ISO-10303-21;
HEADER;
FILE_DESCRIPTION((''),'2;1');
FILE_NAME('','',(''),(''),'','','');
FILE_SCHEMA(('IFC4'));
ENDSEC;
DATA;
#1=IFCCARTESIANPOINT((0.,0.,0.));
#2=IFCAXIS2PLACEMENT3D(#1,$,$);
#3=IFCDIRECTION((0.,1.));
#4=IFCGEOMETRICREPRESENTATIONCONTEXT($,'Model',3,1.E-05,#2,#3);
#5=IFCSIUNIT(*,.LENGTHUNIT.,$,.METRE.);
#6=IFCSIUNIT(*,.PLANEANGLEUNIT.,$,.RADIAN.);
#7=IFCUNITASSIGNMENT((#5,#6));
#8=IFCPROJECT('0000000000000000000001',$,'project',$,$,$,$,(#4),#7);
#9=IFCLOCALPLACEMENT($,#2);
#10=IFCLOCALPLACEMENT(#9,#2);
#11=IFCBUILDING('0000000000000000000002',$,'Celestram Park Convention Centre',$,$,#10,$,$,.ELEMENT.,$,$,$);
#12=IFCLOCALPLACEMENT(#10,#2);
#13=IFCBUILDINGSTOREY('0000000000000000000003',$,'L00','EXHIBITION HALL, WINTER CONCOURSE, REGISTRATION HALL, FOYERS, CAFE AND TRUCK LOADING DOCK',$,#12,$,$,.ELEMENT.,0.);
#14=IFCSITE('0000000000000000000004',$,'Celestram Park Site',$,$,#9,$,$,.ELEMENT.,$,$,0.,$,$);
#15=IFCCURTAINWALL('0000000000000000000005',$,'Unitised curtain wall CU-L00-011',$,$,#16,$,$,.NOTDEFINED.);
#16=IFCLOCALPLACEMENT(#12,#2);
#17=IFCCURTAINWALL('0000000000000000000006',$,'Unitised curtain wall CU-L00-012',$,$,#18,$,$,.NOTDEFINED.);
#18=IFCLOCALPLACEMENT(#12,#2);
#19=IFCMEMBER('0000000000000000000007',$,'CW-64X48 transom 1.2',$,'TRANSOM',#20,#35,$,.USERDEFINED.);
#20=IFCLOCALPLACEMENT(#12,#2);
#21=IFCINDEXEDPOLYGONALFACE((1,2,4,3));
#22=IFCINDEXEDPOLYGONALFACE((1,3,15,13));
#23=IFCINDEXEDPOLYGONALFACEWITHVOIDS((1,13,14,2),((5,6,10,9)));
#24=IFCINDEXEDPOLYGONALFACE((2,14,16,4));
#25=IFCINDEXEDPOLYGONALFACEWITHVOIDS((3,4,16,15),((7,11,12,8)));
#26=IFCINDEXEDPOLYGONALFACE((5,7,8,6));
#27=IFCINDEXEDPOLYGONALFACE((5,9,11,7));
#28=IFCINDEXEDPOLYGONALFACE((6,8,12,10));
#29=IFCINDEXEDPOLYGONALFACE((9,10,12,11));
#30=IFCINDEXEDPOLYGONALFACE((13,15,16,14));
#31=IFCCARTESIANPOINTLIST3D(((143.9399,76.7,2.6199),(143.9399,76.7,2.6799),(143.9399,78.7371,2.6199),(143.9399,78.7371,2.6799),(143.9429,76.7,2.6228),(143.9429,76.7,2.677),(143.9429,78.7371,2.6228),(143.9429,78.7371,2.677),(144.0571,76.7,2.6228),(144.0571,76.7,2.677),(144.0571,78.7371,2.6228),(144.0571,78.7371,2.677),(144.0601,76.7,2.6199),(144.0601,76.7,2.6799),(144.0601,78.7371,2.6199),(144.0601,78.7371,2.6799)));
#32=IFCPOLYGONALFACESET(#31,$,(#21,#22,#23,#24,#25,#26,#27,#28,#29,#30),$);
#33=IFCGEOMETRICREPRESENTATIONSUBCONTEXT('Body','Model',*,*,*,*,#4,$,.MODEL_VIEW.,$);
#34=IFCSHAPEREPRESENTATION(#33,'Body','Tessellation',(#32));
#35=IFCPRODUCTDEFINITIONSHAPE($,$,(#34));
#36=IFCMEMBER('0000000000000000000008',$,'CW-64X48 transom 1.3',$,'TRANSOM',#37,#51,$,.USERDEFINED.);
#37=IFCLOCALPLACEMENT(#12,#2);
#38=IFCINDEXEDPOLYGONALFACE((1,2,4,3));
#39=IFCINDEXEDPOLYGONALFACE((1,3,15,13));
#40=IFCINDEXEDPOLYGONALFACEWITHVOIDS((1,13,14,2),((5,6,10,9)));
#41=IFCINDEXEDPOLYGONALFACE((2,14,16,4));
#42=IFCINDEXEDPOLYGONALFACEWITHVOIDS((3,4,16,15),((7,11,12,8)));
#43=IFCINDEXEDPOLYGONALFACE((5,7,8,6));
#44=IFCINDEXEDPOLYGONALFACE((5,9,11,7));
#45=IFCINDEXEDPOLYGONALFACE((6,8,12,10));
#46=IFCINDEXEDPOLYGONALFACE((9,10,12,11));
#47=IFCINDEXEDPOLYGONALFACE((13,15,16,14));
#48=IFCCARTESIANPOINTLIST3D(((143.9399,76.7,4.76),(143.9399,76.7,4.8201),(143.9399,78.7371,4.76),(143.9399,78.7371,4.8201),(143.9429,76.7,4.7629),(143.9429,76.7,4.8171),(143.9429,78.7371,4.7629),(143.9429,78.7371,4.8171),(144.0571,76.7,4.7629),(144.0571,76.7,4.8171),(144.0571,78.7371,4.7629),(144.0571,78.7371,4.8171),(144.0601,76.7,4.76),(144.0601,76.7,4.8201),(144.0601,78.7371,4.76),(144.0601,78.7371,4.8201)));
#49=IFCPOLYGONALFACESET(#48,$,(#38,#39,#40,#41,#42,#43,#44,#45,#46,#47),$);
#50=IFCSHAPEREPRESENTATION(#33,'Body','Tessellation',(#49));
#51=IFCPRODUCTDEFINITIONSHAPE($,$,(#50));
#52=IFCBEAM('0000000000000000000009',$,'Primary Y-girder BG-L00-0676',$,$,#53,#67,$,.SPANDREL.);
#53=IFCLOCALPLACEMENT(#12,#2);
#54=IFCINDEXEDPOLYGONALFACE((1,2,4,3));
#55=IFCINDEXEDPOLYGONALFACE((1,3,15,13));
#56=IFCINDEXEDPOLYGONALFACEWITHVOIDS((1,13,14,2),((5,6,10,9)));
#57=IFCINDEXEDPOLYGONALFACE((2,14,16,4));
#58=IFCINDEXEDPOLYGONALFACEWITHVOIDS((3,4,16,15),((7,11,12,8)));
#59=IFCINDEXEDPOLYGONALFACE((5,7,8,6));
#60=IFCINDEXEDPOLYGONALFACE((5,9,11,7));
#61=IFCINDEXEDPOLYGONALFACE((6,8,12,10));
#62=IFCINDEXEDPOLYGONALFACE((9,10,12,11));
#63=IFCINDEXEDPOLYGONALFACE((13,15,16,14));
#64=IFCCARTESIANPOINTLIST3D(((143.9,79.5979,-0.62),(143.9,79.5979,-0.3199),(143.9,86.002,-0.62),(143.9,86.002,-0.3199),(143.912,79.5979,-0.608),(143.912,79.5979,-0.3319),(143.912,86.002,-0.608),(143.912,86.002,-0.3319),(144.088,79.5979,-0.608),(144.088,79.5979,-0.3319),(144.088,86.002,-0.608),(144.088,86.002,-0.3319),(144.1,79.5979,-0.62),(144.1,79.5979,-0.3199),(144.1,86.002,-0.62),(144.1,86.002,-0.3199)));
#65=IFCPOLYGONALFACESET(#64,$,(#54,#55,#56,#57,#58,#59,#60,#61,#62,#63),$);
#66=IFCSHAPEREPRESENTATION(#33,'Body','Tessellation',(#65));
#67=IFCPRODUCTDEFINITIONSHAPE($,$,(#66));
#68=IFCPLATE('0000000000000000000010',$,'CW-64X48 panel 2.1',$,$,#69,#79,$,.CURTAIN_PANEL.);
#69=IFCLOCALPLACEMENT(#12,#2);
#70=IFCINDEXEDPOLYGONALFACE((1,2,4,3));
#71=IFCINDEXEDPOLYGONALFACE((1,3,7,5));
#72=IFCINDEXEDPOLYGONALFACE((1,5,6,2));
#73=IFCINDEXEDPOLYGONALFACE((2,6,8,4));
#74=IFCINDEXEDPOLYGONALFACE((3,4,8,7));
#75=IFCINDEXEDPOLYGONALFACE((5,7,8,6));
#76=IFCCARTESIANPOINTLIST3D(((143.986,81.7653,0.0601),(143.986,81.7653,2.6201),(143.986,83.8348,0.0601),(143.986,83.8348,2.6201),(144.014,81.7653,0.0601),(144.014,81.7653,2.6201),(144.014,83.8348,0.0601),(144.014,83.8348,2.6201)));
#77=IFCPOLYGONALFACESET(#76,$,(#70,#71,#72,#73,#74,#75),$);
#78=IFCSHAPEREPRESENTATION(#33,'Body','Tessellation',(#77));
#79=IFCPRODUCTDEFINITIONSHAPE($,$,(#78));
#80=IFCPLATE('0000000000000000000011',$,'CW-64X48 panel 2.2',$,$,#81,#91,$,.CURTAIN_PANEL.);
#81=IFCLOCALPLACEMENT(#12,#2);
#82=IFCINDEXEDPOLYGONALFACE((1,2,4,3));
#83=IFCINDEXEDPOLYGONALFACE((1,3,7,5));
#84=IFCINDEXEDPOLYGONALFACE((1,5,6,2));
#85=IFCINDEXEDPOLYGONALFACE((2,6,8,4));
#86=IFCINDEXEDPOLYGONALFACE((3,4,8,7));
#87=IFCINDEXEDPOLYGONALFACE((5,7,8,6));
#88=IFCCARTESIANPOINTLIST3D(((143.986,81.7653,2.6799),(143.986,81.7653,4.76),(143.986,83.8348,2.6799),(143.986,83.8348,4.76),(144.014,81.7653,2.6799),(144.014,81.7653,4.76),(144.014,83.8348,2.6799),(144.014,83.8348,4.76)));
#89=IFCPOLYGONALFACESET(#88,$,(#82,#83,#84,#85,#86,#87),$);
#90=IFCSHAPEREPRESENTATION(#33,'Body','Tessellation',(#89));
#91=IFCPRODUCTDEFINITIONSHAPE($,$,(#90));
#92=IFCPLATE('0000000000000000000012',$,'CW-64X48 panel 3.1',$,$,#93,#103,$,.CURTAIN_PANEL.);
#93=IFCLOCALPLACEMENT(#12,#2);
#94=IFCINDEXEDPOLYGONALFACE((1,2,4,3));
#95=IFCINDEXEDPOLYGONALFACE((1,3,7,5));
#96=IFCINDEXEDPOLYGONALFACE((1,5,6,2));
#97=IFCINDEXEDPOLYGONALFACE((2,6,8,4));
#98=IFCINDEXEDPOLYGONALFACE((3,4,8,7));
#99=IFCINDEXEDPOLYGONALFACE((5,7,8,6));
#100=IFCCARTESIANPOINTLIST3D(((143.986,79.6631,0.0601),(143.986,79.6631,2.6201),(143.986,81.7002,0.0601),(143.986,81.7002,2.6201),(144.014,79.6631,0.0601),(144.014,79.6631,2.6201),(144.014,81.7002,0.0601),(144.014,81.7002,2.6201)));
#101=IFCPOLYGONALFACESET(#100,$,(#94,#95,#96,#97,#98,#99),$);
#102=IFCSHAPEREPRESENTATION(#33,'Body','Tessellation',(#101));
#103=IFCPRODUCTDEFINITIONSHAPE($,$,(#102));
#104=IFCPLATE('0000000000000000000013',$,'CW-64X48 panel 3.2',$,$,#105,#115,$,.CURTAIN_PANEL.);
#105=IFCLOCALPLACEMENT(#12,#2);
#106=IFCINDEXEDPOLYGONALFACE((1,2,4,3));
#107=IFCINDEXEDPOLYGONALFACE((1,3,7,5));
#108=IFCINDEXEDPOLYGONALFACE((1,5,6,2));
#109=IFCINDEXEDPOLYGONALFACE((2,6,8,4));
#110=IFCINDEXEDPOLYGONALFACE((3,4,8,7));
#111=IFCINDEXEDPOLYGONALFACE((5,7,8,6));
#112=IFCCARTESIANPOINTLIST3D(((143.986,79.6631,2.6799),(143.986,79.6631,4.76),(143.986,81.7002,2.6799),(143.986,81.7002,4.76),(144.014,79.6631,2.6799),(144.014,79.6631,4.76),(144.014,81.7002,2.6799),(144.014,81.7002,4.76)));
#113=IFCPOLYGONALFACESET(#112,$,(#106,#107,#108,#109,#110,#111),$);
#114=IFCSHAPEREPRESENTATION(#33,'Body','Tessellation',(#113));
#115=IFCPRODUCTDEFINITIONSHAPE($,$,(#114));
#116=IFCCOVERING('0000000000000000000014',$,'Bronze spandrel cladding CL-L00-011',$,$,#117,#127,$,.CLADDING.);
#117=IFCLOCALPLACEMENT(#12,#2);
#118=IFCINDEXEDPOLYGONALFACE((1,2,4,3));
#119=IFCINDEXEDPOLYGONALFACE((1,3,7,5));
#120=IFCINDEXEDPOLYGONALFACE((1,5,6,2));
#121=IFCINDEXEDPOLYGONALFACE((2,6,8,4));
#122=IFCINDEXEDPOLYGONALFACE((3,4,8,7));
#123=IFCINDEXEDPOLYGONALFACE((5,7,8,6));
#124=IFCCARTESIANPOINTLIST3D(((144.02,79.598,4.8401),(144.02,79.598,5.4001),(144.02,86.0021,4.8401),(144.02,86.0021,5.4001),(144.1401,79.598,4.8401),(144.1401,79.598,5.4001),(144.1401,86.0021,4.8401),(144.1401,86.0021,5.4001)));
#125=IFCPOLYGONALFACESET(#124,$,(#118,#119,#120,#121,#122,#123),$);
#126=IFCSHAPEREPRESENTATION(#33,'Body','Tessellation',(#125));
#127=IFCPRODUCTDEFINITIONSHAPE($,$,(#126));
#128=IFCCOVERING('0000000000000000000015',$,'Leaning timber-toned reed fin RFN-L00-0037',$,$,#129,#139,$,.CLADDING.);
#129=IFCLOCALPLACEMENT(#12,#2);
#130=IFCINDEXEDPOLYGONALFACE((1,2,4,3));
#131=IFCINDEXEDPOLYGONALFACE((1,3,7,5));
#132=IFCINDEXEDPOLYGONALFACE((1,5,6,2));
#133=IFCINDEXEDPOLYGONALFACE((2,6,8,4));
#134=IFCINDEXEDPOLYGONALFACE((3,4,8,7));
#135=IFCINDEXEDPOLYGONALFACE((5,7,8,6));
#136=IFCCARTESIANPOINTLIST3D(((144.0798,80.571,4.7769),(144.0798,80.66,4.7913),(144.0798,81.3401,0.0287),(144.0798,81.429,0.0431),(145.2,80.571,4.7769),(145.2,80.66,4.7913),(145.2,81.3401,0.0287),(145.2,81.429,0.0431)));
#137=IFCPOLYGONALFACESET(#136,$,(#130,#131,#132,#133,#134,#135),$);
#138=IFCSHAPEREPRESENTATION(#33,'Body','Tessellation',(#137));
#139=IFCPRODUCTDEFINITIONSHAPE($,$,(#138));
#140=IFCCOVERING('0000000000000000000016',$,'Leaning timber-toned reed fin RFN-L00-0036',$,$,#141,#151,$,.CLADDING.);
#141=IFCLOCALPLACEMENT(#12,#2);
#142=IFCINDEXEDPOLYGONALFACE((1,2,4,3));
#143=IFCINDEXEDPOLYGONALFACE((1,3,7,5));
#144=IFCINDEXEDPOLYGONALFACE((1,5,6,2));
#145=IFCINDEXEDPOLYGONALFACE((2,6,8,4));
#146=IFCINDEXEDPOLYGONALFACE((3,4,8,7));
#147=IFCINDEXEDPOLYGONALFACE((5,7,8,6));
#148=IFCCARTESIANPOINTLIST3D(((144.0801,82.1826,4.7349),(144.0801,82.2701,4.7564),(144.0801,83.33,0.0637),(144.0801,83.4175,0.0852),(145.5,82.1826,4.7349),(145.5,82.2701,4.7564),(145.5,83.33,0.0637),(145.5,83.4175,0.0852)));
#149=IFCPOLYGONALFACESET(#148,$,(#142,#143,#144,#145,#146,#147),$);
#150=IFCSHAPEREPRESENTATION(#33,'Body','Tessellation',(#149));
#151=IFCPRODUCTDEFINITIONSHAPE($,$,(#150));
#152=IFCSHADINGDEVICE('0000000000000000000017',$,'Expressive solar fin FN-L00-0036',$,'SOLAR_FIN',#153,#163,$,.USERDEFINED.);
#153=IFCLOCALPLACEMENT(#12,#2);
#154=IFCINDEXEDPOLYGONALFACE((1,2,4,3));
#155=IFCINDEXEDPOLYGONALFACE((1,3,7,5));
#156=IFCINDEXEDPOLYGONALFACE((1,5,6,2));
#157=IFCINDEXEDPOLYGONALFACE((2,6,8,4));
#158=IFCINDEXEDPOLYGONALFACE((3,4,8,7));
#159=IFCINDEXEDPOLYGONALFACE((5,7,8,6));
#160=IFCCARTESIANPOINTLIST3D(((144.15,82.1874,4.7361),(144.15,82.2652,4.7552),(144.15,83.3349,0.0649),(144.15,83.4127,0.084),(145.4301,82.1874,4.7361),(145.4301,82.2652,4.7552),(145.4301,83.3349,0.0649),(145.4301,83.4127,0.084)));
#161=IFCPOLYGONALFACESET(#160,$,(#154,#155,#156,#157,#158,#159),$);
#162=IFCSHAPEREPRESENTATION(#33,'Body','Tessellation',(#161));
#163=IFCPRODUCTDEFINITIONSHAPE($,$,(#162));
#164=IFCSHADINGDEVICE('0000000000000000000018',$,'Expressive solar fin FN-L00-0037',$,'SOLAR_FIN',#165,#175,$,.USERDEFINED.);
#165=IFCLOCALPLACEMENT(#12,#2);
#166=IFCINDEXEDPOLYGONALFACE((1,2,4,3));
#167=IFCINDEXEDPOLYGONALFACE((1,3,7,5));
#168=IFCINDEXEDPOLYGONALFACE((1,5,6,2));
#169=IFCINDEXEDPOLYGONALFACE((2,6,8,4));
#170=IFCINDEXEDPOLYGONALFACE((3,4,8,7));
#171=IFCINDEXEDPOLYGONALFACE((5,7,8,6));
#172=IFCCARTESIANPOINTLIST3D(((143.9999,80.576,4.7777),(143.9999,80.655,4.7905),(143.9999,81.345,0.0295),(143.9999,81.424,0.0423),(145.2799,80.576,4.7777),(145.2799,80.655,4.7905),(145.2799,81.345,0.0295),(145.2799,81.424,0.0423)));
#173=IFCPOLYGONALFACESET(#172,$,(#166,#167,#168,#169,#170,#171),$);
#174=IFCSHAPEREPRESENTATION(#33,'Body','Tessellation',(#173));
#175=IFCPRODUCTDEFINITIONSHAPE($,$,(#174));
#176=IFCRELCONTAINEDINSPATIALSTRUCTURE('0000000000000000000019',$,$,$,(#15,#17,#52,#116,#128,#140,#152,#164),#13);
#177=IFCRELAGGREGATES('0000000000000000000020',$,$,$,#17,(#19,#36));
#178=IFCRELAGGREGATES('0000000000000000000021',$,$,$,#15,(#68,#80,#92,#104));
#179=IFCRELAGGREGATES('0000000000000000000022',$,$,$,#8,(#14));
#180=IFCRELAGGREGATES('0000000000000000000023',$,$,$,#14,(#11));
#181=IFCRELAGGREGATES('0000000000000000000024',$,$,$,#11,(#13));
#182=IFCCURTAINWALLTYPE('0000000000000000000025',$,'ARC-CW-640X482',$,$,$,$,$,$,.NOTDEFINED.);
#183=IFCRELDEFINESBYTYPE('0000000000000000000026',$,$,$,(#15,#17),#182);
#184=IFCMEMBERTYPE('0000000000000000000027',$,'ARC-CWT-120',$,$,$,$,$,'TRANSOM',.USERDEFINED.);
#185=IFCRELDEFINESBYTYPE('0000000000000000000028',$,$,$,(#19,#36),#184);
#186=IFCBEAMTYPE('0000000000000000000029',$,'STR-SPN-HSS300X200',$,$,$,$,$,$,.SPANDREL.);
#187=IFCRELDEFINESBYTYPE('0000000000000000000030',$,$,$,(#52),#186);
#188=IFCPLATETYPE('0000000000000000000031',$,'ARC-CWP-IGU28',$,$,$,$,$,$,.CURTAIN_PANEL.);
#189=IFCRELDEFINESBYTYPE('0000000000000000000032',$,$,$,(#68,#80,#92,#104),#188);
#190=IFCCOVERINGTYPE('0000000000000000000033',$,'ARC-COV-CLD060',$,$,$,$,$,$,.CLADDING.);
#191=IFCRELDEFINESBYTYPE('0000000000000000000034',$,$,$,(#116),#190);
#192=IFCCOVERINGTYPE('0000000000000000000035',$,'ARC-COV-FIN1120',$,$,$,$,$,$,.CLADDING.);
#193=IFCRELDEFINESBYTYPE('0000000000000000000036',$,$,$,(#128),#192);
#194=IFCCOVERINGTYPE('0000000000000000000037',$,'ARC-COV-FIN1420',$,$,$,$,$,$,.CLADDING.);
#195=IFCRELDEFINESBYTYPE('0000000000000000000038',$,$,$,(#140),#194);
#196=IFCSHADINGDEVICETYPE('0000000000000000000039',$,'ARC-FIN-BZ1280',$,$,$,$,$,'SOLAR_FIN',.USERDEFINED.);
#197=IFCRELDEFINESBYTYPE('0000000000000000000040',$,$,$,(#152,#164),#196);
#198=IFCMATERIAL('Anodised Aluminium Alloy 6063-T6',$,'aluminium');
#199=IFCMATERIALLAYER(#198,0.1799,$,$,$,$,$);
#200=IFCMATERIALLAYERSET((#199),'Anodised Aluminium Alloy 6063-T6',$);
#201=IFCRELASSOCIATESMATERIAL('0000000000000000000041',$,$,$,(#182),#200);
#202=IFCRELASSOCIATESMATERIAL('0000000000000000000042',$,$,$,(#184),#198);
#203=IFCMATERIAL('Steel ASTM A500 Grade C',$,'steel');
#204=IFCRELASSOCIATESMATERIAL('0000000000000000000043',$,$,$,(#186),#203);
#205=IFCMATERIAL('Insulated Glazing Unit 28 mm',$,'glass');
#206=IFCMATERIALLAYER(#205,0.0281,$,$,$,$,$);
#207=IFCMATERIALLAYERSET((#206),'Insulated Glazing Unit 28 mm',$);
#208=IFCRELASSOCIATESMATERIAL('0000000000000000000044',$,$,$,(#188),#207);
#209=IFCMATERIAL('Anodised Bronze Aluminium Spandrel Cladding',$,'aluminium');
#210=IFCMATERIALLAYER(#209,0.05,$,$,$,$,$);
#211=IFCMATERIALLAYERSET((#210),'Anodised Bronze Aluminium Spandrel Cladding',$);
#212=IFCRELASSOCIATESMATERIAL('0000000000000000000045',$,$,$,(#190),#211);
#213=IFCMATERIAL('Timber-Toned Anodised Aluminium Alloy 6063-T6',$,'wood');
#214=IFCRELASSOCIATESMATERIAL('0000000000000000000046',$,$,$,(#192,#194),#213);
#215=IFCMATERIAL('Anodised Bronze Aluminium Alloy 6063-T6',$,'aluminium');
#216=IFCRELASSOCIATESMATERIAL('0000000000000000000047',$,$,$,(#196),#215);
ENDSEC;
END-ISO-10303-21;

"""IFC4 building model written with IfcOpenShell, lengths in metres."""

from ifc_helpers import new_model, si_unit, direction, frame, origin, origin_2d, place, context, subcontext, project, spatial, rectangle, hollow_rectangle, extrude, material, layer, layer_set, material_profile, profile_set, type_object, element, aggregate, save


model = new_model("IFC4")

# Units and contexts
model_context = context("Model", 3, precision=1e-05, world=origin(), true_north=direction((0.0, 1.0)))
body_context = subcontext(model_context, "Body", "Model", "MODEL_VIEW")
ifc_project = project(units=[si_unit("LENGTHUNIT", "METRE"), si_unit("PLANEANGLEUNIT", "RADIAN")], contexts=[model_context])

# Site, building, storey
site_placement = place(None, origin())
site = spatial("IfcSite", under=ifc_project, at=site_placement, Name="Celestram Park Site", CompositionType="ELEMENT", RefElevation=0.0)
building_placement = place(site_placement, origin())
building = spatial("IfcBuilding", under=site, at=building_placement, Name="Celestram Park Convention Centre", CompositionType="ELEMENT")
storey_placement = place(building_placement, origin())
storey = spatial("IfcBuildingStorey", under=building, at=storey_placement, Name="L00", Description="EXHIBITION HALL, WINTER CONCOURSE, REGISTRATION HALL, FOYERS, CAFE AND TRUCK LOADING DOCK", CompositionType="ELEMENT", Elevation=0.0)

# Curtain wall
ifc_material_1 = material(Name="Anodised Aluminium Alloy 6063-T6", Category="aluminium")
ifc_layer_1 = layer(ifc_material_1, 0.1799)
ifc_layer_set_1 = layer_set([ifc_layer_1], Name="Anodised Aluminium Alloy 6063-T6")
curtain_wall_type = type_object("IfcCurtainWallType", Name="ARC-CW-640X482", PredefinedType="NOTDEFINED", material=ifc_layer_set_1)
curtain_wall_1_placement = place(storey_placement, origin())
curtain_wall_1 = element("IfcCurtainWall", 1, at=curtain_wall_1_placement, inside=storey, type_object=curtain_wall_type, Name="Unitised curtain wall CU-L00-011", PredefinedType="NOTDEFINED")

# Curtain wall
curtain_wall_2_placement = place(storey_placement, origin())
curtain_wall_2 = element("IfcCurtainWall", 2, at=curtain_wall_2_placement, inside=storey, type_object=curtain_wall_type, Name="Unitised curtain wall CU-L00-012", PredefinedType="NOTDEFINED")

# Members
ifc_material_profile_1 = material_profile(ifc_material_1, hollow_rectangle(XDim=0.1201, YDim=0.0601, WallThickness=0.0029, at=origin_2d()), Name="ALU120X60X3")
ifc_profile_set_1 = profile_set([ifc_material_profile_1], Name="Anodised Aluminium Alloy 6063-T6")
member_type_1 = type_object("IfcMemberType", Name="ARC-CWT-120", ElementType="TRANSOM", PredefinedType="USERDEFINED", material=ifc_profile_set_1)
member_1_placement = place(storey_placement, frame((144.0, 78.7371, 2.6499), z_axis=(0.0, -1.0, 0.0), x_axis=(1.0, 0.0, 0.0)))
member_1 = element("IfcMember", 3, at=member_1_placement, type_object=member_type_1, Name="CW-64X48 transom 1.2", ObjectType="TRANSOM", PredefinedType="USERDEFINED", context=body_context, shape_type="SweptSolid", body=[
    extrude(hollow_rectangle(XDim=0.1201, YDim=0.0601, WallThickness=0.0029, at=origin_2d()), origin(), (0.0, 0.0, 1.0), 2.0371),
])
member_2_placement = place(storey_placement, frame((144.0, 78.7371, 4.79), z_axis=(0.0, -1.0, 0.0), x_axis=(1.0, 0.0, 0.0)))
member_2 = element("IfcMember", 4, at=member_2_placement, type_object=member_type_1, Name="CW-64X48 transom 1.3", ObjectType="TRANSOM", PredefinedType="USERDEFINED", context=body_context, shape_type="SweptSolid", body=[
    extrude(hollow_rectangle(XDim=0.1201, YDim=0.0601, WallThickness=0.0029, at=origin_2d()), origin(), (0.0, 0.0, 1.0), 2.0371),
])
aggregate(curtain_wall_2, [member_1, member_2])

# Beam
ifc_material_2 = material(Name="Steel ASTM A500 Grade C", Category="steel")
ifc_material_profile_2 = material_profile(ifc_material_2, hollow_rectangle(XDim=0.2, YDim=0.3, WallThickness=0.012, at=origin_2d()), Name="HSS300X200X12")
ifc_profile_set_2 = profile_set([ifc_material_profile_2], Name="Steel ASTM A500 Grade C")
beam_type = type_object("IfcBeamType", Name="STR-SPN-HSS300X200", PredefinedType="SPANDREL", material=ifc_profile_set_2)
beam_placement = place(storey_placement, frame((144.0, 79.5979, -0.47), z_axis=(0.0, 1.0, 0.0), x_axis=(-1.0, 0.0, 0.0)))
element("IfcBeam", 5, at=beam_placement, inside=storey, type_object=beam_type, Name="Primary Y-girder BG-L00-0676", PredefinedType="SPANDREL", context=body_context, shape_type="SweptSolid", body=[
    extrude(hollow_rectangle(XDim=0.2, YDim=0.3, WallThickness=0.012, at=origin_2d()), origin(), (0.0, 0.0, 1.0), 6.4041),
])

# Plates
ifc_material_3 = material(Name="Insulated Glazing Unit 28 mm", Category="glass")
ifc_layer_2 = layer(ifc_material_3, 0.0281)
ifc_layer_set_2 = layer_set([ifc_layer_2], Name="Insulated Glazing Unit 28 mm")
plate_type = type_object("IfcPlateType", Name="ARC-CWP-IGU28", PredefinedType="CURTAIN_PANEL", material=ifc_layer_set_2)
plate_1_placement = place(storey_placement, frame((144.0, 82.8, 0.0601), z_axis=(0.0, 0.0, 1.0), x_axis=(0.0, -1.0, 0.0)))
plate_1 = element("IfcPlate", 6, at=plate_1_placement, type_object=plate_type, Name="CW-64X48 panel 2.1", PredefinedType="CURTAIN_PANEL", context=body_context, shape_type="SweptSolid", body=[
    extrude(rectangle(XDim=2.0696, YDim=0.0281, at=origin_2d()), origin(), (0.0, 0.0, 1.0), 2.5601),
])
plate_2_placement = place(storey_placement, frame((144.0, 82.8, 2.6799), z_axis=(0.0, 0.0, 1.0), x_axis=(0.0, -1.0, 0.0)))
plate_2 = element("IfcPlate", 7, at=plate_2_placement, type_object=plate_type, Name="CW-64X48 panel 2.2", PredefinedType="CURTAIN_PANEL", context=body_context, shape_type="SweptSolid", body=[
    extrude(rectangle(XDim=2.0696, YDim=0.0281, at=origin_2d()), origin(), (0.0, 0.0, 1.0), 2.0801),
])
plate_3_placement = place(storey_placement, frame((144.0, 80.6816, 0.0601), z_axis=(0.0, 0.0, 1.0), x_axis=(0.0, -1.0, 0.0)))
plate_3 = element("IfcPlate", 8, at=plate_3_placement, type_object=plate_type, Name="CW-64X48 panel 3.1", PredefinedType="CURTAIN_PANEL", context=body_context, shape_type="SweptSolid", body=[
    extrude(rectangle(XDim=2.0371, YDim=0.0281, at=origin_2d()), origin(), (0.0, 0.0, 1.0), 2.5601),
])
plate_4_placement = place(storey_placement, frame((144.0, 80.6816, 2.6799), z_axis=(0.0, 0.0, 1.0), x_axis=(0.0, -1.0, 0.0)))
plate_4 = element("IfcPlate", 9, at=plate_4_placement, type_object=plate_type, Name="CW-64X48 panel 3.2", PredefinedType="CURTAIN_PANEL", context=body_context, shape_type="SweptSolid", body=[
    extrude(rectangle(XDim=2.0371, YDim=0.0281, at=origin_2d()), origin(), (0.0, 0.0, 1.0), 2.0801),
])
aggregate(curtain_wall_1, [plate_1, plate_2, plate_3, plate_4])

# Coverings
ifc_material_4 = material(Name="Anodised Bronze Aluminium Spandrel Cladding", Category="aluminium")
ifc_layer_3 = layer(ifc_material_4, 0.05)
ifc_layer_set_3 = layer_set([ifc_layer_3], Name="Anodised Bronze Aluminium Spandrel Cladding")
covering_type_1 = type_object("IfcCoveringType", Name="ARC-COV-CLD060", PredefinedType="CLADDING", material=ifc_layer_set_3)
covering_1_placement = place(storey_placement, frame((144.0801, 82.8, 4.8401), z_axis=(0.0, 0.0, 1.0), x_axis=(0.0, -1.0, 0.0)))
element("IfcCovering", 10, at=covering_1_placement, inside=storey, type_object=covering_type_1, Name="Bronze spandrel cladding CL-L00-011", PredefinedType="CLADDING", context=body_context, shape_type="SweptSolid", body=[
    extrude(rectangle(XDim=6.4041, YDim=0.1201, at=origin_2d()), origin(), (0.0, 0.0, 1.0), 0.5601),
])
ifc_material_5 = material(Name="Timber-Toned Anodised Aluminium Alloy 6063-T6", Category="wood")
ifc_material_profile_3 = material_profile(ifc_material_5, rectangle(XDim=1.1201, YDim=0.0901, at=origin_2d()), Name="REED1120X90")
ifc_profile_set_3 = profile_set([ifc_material_profile_3], Name="Timber-Toned Anodised Aluminium Alloy 6063-T6")
covering_type_2 = type_object("IfcCoveringType", Name="ARC-COV-FIN1120", PredefinedType="CLADDING", material=ifc_profile_set_3)
covering_2_placement = place(storey_placement, frame((144.6399, 81.3845, 0.0359), z_axis=(0.0, -0.159879, 0.987137), x_axis=(1.0, 0.0, 0.0)))
element("IfcCovering", 11, at=covering_2_placement, inside=storey, type_object=covering_type_2, Name="Leaning timber-toned reed fin RFN-L00-0037", PredefinedType="CLADDING", context=body_context, shape_type="SweptSolid", body=[
    extrude(rectangle(XDim=1.1201, YDim=0.0901, at=origin_2d()), origin(), (0.0, 0.0, 1.0), 4.8101),
])
ifc_material_profile_4 = material_profile(ifc_material_5, rectangle(XDim=1.4199, YDim=0.0901, at=origin_2d()), Name="REED1420X90")
ifc_profile_set_4 = profile_set([ifc_material_profile_4], Name="Timber-Toned Anodised Aluminium Alloy 6063-T6")
covering_type_3 = type_object("IfcCoveringType", Name="ARC-COV-FIN1420", PredefinedType="CLADDING", material=ifc_profile_set_4)
covering_3_placement = place(storey_placement, frame((144.79, 83.3738, 0.0745), z_axis=(0.0, -0.238557, 0.971129), x_axis=(1.0, 0.0, 0.0)))
element("IfcCovering", 12, at=covering_3_placement, inside=storey, type_object=covering_type_3, Name="Leaning timber-toned reed fin RFN-L00-0036", PredefinedType="CLADDING", context=body_context, shape_type="SweptSolid", body=[
    extrude(rectangle(XDim=1.4199, YDim=0.0901, at=origin_2d()), origin(), (0.0, 0.0, 1.0), 4.8101),
])

# Shading devices
ifc_material_6 = material(Name="Anodised Bronze Aluminium Alloy 6063-T6", Category="aluminium")
ifc_material_profile_5 = material_profile(ifc_material_6, rectangle(XDim=1.28, YDim=0.0801, at=origin_2d()), Name="FIN1280X80")
ifc_profile_set_5 = profile_set([ifc_material_profile_5], Name="Anodised Bronze Aluminium Alloy 6063-T6")
shading_device_type = type_object("IfcShadingDeviceType", Name="ARC-FIN-BZ1280", ElementType="SOLAR_FIN", PredefinedType="USERDEFINED", material=ifc_profile_set_5)
for number, where, z_axis, x_axis, name in (
    (13, (144.79, 83.3738, 0.0745), (0.0, -0.238557, 0.971129), (1.0, 0.0, 0.0), "Expressive solar fin FN-L00-0036"),
    (14, (144.6399, 81.3845, 0.0359), (0.0, -0.159879, 0.987137), (1.0, 0.0, 0.0), "Expressive solar fin FN-L00-0037"),
):
    element("IfcShadingDevice", number, at=place(storey_placement, frame(where, z_axis=z_axis, x_axis=x_axis)), inside=storey, type_object=shading_device_type, Name=name, ObjectType="SOLAR_FIN", PredefinedType="USERDEFINED", context=body_context, shape_type="SweptSolid", body=[
        extrude(rectangle(XDim=1.28, YDim=0.0801, at=origin_2d()), origin(), (0.0, 0.0, 1.0), 4.8101),
    ])

save(model, "model.ifc")
